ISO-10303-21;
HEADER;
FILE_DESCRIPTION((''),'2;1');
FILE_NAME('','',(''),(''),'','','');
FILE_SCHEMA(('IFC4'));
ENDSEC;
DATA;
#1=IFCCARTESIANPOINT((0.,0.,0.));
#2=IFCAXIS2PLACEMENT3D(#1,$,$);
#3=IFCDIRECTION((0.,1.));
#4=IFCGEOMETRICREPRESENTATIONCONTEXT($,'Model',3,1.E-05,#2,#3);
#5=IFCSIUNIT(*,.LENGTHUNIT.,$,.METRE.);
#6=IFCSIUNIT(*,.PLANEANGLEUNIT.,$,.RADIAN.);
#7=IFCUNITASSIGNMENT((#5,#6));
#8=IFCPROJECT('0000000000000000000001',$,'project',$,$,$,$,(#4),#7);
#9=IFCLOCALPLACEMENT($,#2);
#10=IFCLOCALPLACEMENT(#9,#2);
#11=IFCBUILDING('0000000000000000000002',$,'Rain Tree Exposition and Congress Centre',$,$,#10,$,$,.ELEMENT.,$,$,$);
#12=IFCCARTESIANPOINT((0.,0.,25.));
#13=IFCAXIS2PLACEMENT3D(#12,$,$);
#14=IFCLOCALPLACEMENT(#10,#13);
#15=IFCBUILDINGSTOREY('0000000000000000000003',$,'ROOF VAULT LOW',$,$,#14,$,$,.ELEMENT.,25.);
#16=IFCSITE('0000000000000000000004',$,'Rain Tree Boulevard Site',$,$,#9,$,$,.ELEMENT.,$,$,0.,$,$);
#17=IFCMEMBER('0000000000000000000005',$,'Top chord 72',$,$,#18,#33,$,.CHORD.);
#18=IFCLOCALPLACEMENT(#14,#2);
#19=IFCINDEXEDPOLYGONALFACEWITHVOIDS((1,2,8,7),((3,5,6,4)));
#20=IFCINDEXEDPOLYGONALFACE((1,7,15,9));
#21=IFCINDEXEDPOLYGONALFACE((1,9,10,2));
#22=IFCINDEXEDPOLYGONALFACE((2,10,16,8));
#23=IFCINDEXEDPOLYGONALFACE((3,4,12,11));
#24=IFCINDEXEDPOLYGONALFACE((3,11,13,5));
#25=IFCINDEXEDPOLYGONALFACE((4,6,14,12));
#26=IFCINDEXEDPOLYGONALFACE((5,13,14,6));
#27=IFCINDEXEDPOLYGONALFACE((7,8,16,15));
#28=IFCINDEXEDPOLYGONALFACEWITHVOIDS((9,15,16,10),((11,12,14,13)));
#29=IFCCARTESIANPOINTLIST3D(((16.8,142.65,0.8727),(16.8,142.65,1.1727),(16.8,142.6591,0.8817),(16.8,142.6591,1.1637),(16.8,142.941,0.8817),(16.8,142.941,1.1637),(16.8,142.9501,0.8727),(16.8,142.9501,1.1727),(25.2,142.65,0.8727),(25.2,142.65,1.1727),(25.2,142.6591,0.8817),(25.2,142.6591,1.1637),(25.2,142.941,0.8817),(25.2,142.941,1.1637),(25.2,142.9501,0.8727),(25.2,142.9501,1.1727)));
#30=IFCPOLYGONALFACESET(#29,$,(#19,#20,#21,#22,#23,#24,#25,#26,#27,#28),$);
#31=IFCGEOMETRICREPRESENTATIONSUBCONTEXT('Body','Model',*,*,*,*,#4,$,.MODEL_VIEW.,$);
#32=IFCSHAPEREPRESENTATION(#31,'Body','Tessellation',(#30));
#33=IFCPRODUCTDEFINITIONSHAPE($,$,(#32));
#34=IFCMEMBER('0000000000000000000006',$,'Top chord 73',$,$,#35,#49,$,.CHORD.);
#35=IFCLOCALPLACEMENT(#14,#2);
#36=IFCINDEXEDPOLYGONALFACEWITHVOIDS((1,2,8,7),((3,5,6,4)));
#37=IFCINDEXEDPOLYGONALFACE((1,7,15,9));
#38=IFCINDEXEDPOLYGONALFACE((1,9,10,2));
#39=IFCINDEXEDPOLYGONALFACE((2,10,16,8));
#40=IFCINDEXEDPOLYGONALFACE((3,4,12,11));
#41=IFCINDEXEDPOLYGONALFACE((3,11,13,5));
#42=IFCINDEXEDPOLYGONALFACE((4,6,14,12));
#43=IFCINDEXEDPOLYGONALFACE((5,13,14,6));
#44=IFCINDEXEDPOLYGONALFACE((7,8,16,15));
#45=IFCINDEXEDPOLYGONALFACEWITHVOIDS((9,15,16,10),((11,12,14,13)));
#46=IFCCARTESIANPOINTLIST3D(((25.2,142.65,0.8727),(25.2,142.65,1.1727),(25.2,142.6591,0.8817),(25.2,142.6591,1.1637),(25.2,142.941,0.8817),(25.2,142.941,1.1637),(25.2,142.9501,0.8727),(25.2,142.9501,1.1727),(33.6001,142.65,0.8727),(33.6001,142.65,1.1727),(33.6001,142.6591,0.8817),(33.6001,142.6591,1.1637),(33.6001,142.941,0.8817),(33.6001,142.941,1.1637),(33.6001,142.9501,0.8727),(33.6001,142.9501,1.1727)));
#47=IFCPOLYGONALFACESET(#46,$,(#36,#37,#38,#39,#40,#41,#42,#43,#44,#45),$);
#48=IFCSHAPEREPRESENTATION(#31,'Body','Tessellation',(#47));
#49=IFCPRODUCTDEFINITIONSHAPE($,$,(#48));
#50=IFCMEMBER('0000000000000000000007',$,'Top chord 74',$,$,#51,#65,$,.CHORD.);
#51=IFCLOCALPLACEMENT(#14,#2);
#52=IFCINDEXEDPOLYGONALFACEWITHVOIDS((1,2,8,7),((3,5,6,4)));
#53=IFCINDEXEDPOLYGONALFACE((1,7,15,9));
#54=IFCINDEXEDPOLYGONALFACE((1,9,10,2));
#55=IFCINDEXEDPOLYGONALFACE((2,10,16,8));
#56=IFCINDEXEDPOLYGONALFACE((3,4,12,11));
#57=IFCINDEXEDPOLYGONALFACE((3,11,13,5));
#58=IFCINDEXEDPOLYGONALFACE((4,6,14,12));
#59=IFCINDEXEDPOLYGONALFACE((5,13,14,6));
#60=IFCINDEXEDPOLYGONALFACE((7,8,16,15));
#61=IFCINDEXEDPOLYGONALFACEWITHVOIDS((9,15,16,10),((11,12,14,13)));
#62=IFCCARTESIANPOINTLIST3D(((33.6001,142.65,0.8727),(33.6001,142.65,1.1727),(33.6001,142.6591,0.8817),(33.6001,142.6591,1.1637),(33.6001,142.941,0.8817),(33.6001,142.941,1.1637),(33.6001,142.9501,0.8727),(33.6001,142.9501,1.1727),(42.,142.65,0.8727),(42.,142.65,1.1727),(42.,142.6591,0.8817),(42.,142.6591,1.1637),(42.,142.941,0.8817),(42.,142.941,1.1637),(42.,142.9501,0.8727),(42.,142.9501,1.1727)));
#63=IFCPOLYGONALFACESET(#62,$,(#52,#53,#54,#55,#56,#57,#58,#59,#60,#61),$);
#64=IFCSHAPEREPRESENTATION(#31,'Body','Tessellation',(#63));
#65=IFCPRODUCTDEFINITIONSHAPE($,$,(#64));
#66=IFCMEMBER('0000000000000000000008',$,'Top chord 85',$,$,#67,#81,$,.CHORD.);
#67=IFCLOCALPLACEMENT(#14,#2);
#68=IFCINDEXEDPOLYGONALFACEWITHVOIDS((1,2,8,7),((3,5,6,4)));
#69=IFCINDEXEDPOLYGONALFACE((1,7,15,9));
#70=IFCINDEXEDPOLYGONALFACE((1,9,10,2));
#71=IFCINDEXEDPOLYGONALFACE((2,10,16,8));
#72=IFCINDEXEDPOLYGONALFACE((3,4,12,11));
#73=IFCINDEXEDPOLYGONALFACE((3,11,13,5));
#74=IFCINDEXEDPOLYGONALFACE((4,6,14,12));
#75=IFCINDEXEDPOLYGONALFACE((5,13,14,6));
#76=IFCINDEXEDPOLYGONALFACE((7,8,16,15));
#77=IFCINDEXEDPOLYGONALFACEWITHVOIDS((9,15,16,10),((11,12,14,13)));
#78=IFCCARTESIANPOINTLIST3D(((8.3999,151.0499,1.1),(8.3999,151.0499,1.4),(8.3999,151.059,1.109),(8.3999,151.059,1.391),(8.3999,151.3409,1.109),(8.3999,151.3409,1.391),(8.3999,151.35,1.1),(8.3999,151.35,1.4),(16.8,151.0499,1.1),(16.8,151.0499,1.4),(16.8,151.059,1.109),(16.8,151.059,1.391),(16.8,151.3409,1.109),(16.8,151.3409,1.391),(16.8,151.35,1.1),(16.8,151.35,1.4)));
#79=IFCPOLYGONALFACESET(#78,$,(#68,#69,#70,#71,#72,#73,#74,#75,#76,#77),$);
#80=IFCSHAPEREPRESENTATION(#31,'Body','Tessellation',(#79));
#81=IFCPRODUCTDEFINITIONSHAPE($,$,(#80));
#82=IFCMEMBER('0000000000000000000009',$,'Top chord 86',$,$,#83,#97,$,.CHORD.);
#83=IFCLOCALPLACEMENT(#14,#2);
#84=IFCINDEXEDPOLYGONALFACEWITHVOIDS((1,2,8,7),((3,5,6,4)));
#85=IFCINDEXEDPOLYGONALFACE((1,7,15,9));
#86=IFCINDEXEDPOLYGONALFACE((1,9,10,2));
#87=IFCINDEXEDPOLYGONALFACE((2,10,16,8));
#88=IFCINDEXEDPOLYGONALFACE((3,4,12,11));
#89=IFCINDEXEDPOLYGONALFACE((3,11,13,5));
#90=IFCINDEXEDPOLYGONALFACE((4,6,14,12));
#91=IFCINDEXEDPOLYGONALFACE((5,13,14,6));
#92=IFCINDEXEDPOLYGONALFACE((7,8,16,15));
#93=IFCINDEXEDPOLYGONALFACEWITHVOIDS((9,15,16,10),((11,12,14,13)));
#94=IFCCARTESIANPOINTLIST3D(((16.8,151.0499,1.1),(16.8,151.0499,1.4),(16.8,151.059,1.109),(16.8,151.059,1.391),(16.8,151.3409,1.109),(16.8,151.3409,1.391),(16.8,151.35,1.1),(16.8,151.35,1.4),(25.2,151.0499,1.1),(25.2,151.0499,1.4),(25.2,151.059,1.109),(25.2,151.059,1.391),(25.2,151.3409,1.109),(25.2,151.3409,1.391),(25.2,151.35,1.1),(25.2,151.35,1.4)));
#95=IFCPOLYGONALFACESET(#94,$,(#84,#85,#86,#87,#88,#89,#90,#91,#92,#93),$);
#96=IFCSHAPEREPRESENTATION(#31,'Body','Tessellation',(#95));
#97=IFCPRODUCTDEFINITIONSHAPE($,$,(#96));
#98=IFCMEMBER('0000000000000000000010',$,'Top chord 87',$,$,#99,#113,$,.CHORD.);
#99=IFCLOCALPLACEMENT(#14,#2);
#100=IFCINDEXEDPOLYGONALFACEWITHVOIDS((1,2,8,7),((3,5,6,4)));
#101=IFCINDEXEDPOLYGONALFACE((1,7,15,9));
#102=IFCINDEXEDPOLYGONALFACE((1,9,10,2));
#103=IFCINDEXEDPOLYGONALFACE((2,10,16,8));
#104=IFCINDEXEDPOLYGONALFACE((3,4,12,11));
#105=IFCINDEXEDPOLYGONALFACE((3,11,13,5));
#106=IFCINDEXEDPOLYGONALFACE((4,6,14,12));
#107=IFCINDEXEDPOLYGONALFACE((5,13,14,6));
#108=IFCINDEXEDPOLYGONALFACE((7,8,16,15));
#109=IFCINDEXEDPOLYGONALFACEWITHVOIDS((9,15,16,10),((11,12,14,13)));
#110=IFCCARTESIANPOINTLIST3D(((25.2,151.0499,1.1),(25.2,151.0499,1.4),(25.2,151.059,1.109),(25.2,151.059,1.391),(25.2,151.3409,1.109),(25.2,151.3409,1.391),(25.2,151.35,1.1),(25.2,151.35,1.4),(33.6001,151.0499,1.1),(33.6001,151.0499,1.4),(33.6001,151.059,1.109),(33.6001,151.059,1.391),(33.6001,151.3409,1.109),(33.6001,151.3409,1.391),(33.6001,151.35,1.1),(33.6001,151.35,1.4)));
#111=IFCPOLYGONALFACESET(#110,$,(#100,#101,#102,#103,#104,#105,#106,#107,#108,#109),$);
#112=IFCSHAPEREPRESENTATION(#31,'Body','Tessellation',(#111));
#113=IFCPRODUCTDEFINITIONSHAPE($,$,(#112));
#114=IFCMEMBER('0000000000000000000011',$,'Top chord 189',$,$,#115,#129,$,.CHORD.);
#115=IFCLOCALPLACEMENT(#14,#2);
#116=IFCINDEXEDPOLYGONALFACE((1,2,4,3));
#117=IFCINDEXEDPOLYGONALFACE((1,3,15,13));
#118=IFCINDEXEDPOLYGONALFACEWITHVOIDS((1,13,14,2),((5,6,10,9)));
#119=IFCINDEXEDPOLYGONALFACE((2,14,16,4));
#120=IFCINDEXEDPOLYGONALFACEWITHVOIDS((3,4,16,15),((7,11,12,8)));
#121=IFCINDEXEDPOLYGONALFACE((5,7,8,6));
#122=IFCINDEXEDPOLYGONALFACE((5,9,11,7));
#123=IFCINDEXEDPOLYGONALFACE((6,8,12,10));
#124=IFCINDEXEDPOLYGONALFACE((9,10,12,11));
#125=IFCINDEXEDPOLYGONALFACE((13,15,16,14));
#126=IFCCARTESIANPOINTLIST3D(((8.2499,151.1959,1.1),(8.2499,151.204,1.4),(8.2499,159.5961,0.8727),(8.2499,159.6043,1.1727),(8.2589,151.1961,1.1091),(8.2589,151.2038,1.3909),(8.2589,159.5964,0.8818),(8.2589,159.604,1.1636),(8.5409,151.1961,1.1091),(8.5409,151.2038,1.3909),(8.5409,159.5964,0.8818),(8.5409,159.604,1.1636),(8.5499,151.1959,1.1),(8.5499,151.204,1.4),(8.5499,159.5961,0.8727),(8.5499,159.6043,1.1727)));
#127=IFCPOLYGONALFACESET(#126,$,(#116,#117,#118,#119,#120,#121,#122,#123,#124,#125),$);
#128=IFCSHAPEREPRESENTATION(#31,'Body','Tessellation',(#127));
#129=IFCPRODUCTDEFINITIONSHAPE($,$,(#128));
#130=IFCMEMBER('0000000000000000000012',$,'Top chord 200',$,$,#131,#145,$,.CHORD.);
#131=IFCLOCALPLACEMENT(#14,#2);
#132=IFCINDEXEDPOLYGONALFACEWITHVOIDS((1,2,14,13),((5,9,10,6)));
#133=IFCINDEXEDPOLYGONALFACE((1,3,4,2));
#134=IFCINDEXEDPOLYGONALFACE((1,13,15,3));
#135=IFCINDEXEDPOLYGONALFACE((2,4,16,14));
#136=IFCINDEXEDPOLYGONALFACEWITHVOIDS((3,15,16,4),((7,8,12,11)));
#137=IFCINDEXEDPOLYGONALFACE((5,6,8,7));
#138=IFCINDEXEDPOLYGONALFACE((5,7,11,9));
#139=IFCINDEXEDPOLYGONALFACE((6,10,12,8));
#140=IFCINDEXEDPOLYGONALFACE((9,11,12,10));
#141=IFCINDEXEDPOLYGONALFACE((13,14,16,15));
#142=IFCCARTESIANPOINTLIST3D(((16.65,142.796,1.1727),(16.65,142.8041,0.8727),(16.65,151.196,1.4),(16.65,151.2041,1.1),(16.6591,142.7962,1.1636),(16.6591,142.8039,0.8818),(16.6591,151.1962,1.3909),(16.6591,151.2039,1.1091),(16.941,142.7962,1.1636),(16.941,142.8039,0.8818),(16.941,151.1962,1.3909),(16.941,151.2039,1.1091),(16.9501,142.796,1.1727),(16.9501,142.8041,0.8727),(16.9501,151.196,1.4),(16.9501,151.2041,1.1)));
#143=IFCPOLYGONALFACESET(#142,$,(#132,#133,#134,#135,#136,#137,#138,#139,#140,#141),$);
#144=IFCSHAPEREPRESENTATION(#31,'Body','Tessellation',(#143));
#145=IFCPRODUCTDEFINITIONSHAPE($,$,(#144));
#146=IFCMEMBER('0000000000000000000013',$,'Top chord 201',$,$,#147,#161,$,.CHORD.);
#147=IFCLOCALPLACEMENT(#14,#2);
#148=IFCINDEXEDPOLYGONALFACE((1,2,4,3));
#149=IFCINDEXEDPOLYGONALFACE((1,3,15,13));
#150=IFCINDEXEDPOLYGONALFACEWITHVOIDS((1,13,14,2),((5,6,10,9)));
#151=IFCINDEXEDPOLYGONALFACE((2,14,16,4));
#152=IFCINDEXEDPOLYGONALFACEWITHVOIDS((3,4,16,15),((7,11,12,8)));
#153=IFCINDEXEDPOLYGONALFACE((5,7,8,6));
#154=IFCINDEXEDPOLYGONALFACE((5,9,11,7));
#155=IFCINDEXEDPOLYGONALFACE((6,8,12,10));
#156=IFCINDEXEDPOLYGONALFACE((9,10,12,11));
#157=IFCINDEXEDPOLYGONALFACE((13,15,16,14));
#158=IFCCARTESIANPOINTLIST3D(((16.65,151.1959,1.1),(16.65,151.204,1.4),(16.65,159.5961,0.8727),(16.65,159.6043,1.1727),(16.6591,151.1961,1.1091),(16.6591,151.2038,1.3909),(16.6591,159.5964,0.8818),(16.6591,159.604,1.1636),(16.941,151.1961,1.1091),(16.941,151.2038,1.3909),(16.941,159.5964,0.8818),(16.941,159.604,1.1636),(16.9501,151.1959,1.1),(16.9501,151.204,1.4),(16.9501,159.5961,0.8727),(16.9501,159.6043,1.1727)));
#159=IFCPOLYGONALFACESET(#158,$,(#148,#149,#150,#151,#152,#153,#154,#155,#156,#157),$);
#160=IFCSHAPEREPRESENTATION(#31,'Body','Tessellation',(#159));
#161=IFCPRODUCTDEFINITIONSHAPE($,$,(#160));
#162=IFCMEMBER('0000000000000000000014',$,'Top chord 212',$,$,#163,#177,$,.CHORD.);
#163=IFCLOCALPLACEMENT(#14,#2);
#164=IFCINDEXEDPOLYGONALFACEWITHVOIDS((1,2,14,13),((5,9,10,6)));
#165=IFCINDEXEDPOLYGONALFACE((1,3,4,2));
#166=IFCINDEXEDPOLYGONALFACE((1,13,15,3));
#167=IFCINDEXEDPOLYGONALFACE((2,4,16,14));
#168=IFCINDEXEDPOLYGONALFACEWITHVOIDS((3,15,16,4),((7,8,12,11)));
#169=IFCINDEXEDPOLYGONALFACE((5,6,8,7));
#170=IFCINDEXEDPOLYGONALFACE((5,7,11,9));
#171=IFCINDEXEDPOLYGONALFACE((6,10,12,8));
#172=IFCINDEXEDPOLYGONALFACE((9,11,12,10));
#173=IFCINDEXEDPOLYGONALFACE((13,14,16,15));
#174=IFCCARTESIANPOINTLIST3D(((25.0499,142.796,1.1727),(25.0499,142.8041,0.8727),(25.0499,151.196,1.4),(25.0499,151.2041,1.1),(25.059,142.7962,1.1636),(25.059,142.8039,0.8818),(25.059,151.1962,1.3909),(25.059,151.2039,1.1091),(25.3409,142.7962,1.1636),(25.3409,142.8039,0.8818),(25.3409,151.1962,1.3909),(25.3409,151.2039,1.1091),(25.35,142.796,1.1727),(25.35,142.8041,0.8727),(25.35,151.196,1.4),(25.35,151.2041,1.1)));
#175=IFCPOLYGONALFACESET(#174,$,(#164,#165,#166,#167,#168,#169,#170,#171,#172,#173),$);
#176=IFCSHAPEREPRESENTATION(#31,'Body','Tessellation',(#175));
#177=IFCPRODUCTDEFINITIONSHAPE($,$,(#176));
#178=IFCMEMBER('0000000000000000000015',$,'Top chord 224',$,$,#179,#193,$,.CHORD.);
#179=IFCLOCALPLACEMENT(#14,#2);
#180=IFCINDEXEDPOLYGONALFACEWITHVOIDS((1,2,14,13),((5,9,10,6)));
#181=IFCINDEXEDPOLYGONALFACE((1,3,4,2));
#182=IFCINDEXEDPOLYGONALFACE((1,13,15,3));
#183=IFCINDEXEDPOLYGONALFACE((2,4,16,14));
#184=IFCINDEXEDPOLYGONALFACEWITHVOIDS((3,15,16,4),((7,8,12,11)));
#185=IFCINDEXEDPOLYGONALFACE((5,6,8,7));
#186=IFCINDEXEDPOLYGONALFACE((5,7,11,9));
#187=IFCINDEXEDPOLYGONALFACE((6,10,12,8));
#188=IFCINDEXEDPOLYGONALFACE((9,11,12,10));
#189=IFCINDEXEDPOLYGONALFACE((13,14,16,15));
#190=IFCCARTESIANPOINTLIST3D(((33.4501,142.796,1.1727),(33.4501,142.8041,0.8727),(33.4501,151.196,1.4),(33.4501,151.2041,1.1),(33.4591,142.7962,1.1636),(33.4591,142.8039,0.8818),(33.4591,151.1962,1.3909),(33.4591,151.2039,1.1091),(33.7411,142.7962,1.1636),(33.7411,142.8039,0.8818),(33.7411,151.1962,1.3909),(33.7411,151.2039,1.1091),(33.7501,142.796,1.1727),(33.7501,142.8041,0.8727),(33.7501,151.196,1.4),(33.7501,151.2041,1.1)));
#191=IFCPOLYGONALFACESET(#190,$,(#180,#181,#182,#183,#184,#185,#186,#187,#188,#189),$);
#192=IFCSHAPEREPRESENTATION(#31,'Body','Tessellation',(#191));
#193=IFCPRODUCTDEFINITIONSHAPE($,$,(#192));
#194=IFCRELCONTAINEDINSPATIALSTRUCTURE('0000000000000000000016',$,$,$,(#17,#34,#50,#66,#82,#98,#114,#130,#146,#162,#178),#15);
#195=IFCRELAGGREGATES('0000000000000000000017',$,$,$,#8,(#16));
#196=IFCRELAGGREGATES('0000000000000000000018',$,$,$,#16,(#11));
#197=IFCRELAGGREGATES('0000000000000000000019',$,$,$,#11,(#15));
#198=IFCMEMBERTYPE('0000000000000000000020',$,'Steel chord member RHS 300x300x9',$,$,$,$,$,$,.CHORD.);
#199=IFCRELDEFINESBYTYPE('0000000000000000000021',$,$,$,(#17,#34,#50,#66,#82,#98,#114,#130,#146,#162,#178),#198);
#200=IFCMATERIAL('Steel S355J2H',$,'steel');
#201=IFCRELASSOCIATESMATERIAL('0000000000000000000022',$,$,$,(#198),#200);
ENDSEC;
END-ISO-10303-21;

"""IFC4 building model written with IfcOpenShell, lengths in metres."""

from ifc_helpers import new_model, si_unit, direction, frame, origin, origin_2d, place, context, subcontext, project, spatial, hollow_rectangle, extrude, material, material_profile, profile_set, type_object, element, save


model = new_model("IFC4")

# Units and contexts
model_context = context("Model", 3, precision=1e-05, world=origin(), true_north=direction((0.0, 1.0)))
body_context = subcontext(model_context, "Body", "Model", "MODEL_VIEW")
ifc_project = project(units=[si_unit("LENGTHUNIT", "METRE"), si_unit("PLANEANGLEUNIT", "RADIAN")], contexts=[model_context])

# Site, building, storey
site_placement = place(None, origin())
site = spatial("IfcSite", under=ifc_project, at=site_placement, Name="Rain Tree Boulevard Site", CompositionType="ELEMENT", RefElevation=0.0)
building_placement = place(site_placement, origin())
building = spatial("IfcBuilding", under=site, at=building_placement, Name="Rain Tree Exposition and Congress Centre", CompositionType="ELEMENT")
storey_placement = place(building_placement, frame((0.0, 0.0, 25.0)))
storey = spatial("IfcBuildingStorey", under=building, at=storey_placement, Name="ROOF VAULT LOW", CompositionType="ELEMENT", Elevation=25.0)

# Members
ifc_material_1 = material(Name="Steel S355J2H", Category="steel")
ifc_material_profile_1 = material_profile(ifc_material_1, hollow_rectangle(XDim=0.3, YDim=0.3, WallThickness=0.009, at=origin_2d()), Name="RHS 300x300x9")
ifc_profile_set_1 = profile_set([ifc_material_profile_1], Name="Steel S355J2H")
member_type = type_object("IfcMemberType", Name="Steel chord member RHS 300x300x9", PredefinedType="CHORD", material=ifc_profile_set_1)
member_1_placement = place(storey_placement, frame((16.8, 142.8, 1.0227), z_axis=(1.0, 0.0, 0.0), x_axis=(0.0, 1.0, 0.0)))
element("IfcMember", 1, at=member_1_placement, inside=storey, type_object=member_type, Name="Top chord 72", PredefinedType="CHORD", context=body_context, shape_type="SweptSolid", body=[
    extrude(hollow_rectangle(XDim=0.3, YDim=0.3, WallThickness=0.009, at=origin_2d()), origin(), (0.0, 0.0, 1.0), 8.3999),
])
member_2_placement = place(storey_placement, frame((25.2, 142.8, 1.0227), z_axis=(1.0, 0.0, 0.0), x_axis=(0.0, 1.0, 0.0)))
element("IfcMember", 2, at=member_2_placement, inside=storey, type_object=member_type, Name="Top chord 73", PredefinedType="CHORD", context=body_context, shape_type="SweptSolid", body=[
    extrude(hollow_rectangle(XDim=0.3, YDim=0.3, WallThickness=0.009, at=origin_2d()), origin(), (0.0, 0.0, 1.0), 8.4001),
])
member_3_placement = place(storey_placement, frame((33.6001, 142.8, 1.0227), z_axis=(1.0, 0.0, 0.0), x_axis=(0.0, 1.0, 0.0)))
element("IfcMember", 3, at=member_3_placement, inside=storey, type_object=member_type, Name="Top chord 74", PredefinedType="CHORD", context=body_context, shape_type="SweptSolid", body=[
    extrude(hollow_rectangle(XDim=0.3, YDim=0.3, WallThickness=0.009, at=origin_2d()), origin(), (0.0, 0.0, 1.0), 8.3999),
])
member_4_placement = place(storey_placement, frame((8.3999, 151.2, 1.25), z_axis=(1.0, 0.0, 0.0), x_axis=(0.0, 1.0, 0.0)))
element("IfcMember", 4, at=member_4_placement, inside=storey, type_object=member_type, Name="Top chord 85", PredefinedType="CHORD", context=body_context, shape_type="SweptSolid", body=[
    extrude(hollow_rectangle(XDim=0.3, YDim=0.3, WallThickness=0.009, at=origin_2d()), origin(), (0.0, 0.0, 1.0), 8.4001),
])
member_5_placement = place(storey_placement, frame((16.8, 151.2, 1.25), z_axis=(1.0, 0.0, 0.0), x_axis=(0.0, 1.0, 0.0)))
element("IfcMember", 5, at=member_5_placement, inside=storey, type_object=member_type, Name="Top chord 86", PredefinedType="CHORD", context=body_context, shape_type="SweptSolid", body=[
    extrude(hollow_rectangle(XDim=0.3, YDim=0.3, WallThickness=0.009, at=origin_2d()), origin(), (0.0, 0.0, 1.0), 8.3999),
])
member_6_placement = place(storey_placement, frame((25.2, 151.2, 1.25), z_axis=(1.0, 0.0, 0.0), x_axis=(0.0, 1.0, 0.0)))
element("IfcMember", 6, at=member_6_placement, inside=storey, type_object=member_type, Name="Top chord 87", PredefinedType="CHORD", context=body_context, shape_type="SweptSolid", body=[
    extrude(hollow_rectangle(XDim=0.3, YDim=0.3, WallThickness=0.009, at=origin_2d()), origin(), (0.0, 0.0, 1.0), 8.4001),
])
member_7_placement = place(storey_placement, frame((8.3999, 151.2, 1.25), z_axis=(0.0, 0.999634, -0.027049), x_axis=(-1.0, 0.0, 0.0)))
element("IfcMember", 7, at=member_7_placement, inside=storey, type_object=member_type, Name="Top chord 189", PredefinedType="CHORD", context=body_context, shape_type="SweptSolid", body=[
    extrude(hollow_rectangle(XDim=0.3, YDim=0.3, WallThickness=0.009, at=origin_2d()), origin(), (0.0, 0.0, 1.0), 8.4033),
])
member_8_placement = place(storey_placement, frame((16.8, 142.8, 1.0227), z_axis=(0.0, 0.999634, 0.027049), x_axis=(-1.0, 0.0, 0.0)))
element("IfcMember", 8, at=member_8_placement, inside=storey, type_object=member_type, Name="Top chord 200", PredefinedType="CHORD", context=body_context, shape_type="SweptSolid", body=[
    extrude(hollow_rectangle(XDim=0.3, YDim=0.3, WallThickness=0.009, at=origin_2d()), origin(), (0.0, 0.0, 1.0), 8.4031),
])
member_9_placement = place(storey_placement, frame((16.8, 151.2, 1.25), z_axis=(0.0, 0.999634, -0.027049), x_axis=(-1.0, 0.0, 0.0)))
element("IfcMember", 9, at=member_9_placement, inside=storey, type_object=member_type, Name="Top chord 201", PredefinedType="CHORD", context=body_context, shape_type="SweptSolid", body=[
    extrude(hollow_rectangle(XDim=0.3, YDim=0.3, WallThickness=0.009, at=origin_2d()), origin(), (0.0, 0.0, 1.0), 8.4033),
])
for number, where, z_axis, x_axis, name in (
    (10, (25.2, 142.8, 1.0227), (0.0, 0.999634, 0.027049), (-1.0, 0.0, 0.0), "Top chord 212"),
    (11, (33.6001, 142.8, 1.0227), (0.0, 0.999634, 0.027049), (-1.0, 0.0, 0.0), "Top chord 224"),
):
    element("IfcMember", number, at=place(storey_placement, frame(where, z_axis=z_axis, x_axis=x_axis)), inside=storey, type_object=member_type, Name=name, PredefinedType="CHORD", context=body_context, shape_type="SweptSolid", body=[
        extrude(hollow_rectangle(XDim=0.3, YDim=0.3, WallThickness=0.009, at=origin_2d()), origin(), (0.0, 0.0, 1.0), 8.4031),
    ])

save(model, "model.ifc")
